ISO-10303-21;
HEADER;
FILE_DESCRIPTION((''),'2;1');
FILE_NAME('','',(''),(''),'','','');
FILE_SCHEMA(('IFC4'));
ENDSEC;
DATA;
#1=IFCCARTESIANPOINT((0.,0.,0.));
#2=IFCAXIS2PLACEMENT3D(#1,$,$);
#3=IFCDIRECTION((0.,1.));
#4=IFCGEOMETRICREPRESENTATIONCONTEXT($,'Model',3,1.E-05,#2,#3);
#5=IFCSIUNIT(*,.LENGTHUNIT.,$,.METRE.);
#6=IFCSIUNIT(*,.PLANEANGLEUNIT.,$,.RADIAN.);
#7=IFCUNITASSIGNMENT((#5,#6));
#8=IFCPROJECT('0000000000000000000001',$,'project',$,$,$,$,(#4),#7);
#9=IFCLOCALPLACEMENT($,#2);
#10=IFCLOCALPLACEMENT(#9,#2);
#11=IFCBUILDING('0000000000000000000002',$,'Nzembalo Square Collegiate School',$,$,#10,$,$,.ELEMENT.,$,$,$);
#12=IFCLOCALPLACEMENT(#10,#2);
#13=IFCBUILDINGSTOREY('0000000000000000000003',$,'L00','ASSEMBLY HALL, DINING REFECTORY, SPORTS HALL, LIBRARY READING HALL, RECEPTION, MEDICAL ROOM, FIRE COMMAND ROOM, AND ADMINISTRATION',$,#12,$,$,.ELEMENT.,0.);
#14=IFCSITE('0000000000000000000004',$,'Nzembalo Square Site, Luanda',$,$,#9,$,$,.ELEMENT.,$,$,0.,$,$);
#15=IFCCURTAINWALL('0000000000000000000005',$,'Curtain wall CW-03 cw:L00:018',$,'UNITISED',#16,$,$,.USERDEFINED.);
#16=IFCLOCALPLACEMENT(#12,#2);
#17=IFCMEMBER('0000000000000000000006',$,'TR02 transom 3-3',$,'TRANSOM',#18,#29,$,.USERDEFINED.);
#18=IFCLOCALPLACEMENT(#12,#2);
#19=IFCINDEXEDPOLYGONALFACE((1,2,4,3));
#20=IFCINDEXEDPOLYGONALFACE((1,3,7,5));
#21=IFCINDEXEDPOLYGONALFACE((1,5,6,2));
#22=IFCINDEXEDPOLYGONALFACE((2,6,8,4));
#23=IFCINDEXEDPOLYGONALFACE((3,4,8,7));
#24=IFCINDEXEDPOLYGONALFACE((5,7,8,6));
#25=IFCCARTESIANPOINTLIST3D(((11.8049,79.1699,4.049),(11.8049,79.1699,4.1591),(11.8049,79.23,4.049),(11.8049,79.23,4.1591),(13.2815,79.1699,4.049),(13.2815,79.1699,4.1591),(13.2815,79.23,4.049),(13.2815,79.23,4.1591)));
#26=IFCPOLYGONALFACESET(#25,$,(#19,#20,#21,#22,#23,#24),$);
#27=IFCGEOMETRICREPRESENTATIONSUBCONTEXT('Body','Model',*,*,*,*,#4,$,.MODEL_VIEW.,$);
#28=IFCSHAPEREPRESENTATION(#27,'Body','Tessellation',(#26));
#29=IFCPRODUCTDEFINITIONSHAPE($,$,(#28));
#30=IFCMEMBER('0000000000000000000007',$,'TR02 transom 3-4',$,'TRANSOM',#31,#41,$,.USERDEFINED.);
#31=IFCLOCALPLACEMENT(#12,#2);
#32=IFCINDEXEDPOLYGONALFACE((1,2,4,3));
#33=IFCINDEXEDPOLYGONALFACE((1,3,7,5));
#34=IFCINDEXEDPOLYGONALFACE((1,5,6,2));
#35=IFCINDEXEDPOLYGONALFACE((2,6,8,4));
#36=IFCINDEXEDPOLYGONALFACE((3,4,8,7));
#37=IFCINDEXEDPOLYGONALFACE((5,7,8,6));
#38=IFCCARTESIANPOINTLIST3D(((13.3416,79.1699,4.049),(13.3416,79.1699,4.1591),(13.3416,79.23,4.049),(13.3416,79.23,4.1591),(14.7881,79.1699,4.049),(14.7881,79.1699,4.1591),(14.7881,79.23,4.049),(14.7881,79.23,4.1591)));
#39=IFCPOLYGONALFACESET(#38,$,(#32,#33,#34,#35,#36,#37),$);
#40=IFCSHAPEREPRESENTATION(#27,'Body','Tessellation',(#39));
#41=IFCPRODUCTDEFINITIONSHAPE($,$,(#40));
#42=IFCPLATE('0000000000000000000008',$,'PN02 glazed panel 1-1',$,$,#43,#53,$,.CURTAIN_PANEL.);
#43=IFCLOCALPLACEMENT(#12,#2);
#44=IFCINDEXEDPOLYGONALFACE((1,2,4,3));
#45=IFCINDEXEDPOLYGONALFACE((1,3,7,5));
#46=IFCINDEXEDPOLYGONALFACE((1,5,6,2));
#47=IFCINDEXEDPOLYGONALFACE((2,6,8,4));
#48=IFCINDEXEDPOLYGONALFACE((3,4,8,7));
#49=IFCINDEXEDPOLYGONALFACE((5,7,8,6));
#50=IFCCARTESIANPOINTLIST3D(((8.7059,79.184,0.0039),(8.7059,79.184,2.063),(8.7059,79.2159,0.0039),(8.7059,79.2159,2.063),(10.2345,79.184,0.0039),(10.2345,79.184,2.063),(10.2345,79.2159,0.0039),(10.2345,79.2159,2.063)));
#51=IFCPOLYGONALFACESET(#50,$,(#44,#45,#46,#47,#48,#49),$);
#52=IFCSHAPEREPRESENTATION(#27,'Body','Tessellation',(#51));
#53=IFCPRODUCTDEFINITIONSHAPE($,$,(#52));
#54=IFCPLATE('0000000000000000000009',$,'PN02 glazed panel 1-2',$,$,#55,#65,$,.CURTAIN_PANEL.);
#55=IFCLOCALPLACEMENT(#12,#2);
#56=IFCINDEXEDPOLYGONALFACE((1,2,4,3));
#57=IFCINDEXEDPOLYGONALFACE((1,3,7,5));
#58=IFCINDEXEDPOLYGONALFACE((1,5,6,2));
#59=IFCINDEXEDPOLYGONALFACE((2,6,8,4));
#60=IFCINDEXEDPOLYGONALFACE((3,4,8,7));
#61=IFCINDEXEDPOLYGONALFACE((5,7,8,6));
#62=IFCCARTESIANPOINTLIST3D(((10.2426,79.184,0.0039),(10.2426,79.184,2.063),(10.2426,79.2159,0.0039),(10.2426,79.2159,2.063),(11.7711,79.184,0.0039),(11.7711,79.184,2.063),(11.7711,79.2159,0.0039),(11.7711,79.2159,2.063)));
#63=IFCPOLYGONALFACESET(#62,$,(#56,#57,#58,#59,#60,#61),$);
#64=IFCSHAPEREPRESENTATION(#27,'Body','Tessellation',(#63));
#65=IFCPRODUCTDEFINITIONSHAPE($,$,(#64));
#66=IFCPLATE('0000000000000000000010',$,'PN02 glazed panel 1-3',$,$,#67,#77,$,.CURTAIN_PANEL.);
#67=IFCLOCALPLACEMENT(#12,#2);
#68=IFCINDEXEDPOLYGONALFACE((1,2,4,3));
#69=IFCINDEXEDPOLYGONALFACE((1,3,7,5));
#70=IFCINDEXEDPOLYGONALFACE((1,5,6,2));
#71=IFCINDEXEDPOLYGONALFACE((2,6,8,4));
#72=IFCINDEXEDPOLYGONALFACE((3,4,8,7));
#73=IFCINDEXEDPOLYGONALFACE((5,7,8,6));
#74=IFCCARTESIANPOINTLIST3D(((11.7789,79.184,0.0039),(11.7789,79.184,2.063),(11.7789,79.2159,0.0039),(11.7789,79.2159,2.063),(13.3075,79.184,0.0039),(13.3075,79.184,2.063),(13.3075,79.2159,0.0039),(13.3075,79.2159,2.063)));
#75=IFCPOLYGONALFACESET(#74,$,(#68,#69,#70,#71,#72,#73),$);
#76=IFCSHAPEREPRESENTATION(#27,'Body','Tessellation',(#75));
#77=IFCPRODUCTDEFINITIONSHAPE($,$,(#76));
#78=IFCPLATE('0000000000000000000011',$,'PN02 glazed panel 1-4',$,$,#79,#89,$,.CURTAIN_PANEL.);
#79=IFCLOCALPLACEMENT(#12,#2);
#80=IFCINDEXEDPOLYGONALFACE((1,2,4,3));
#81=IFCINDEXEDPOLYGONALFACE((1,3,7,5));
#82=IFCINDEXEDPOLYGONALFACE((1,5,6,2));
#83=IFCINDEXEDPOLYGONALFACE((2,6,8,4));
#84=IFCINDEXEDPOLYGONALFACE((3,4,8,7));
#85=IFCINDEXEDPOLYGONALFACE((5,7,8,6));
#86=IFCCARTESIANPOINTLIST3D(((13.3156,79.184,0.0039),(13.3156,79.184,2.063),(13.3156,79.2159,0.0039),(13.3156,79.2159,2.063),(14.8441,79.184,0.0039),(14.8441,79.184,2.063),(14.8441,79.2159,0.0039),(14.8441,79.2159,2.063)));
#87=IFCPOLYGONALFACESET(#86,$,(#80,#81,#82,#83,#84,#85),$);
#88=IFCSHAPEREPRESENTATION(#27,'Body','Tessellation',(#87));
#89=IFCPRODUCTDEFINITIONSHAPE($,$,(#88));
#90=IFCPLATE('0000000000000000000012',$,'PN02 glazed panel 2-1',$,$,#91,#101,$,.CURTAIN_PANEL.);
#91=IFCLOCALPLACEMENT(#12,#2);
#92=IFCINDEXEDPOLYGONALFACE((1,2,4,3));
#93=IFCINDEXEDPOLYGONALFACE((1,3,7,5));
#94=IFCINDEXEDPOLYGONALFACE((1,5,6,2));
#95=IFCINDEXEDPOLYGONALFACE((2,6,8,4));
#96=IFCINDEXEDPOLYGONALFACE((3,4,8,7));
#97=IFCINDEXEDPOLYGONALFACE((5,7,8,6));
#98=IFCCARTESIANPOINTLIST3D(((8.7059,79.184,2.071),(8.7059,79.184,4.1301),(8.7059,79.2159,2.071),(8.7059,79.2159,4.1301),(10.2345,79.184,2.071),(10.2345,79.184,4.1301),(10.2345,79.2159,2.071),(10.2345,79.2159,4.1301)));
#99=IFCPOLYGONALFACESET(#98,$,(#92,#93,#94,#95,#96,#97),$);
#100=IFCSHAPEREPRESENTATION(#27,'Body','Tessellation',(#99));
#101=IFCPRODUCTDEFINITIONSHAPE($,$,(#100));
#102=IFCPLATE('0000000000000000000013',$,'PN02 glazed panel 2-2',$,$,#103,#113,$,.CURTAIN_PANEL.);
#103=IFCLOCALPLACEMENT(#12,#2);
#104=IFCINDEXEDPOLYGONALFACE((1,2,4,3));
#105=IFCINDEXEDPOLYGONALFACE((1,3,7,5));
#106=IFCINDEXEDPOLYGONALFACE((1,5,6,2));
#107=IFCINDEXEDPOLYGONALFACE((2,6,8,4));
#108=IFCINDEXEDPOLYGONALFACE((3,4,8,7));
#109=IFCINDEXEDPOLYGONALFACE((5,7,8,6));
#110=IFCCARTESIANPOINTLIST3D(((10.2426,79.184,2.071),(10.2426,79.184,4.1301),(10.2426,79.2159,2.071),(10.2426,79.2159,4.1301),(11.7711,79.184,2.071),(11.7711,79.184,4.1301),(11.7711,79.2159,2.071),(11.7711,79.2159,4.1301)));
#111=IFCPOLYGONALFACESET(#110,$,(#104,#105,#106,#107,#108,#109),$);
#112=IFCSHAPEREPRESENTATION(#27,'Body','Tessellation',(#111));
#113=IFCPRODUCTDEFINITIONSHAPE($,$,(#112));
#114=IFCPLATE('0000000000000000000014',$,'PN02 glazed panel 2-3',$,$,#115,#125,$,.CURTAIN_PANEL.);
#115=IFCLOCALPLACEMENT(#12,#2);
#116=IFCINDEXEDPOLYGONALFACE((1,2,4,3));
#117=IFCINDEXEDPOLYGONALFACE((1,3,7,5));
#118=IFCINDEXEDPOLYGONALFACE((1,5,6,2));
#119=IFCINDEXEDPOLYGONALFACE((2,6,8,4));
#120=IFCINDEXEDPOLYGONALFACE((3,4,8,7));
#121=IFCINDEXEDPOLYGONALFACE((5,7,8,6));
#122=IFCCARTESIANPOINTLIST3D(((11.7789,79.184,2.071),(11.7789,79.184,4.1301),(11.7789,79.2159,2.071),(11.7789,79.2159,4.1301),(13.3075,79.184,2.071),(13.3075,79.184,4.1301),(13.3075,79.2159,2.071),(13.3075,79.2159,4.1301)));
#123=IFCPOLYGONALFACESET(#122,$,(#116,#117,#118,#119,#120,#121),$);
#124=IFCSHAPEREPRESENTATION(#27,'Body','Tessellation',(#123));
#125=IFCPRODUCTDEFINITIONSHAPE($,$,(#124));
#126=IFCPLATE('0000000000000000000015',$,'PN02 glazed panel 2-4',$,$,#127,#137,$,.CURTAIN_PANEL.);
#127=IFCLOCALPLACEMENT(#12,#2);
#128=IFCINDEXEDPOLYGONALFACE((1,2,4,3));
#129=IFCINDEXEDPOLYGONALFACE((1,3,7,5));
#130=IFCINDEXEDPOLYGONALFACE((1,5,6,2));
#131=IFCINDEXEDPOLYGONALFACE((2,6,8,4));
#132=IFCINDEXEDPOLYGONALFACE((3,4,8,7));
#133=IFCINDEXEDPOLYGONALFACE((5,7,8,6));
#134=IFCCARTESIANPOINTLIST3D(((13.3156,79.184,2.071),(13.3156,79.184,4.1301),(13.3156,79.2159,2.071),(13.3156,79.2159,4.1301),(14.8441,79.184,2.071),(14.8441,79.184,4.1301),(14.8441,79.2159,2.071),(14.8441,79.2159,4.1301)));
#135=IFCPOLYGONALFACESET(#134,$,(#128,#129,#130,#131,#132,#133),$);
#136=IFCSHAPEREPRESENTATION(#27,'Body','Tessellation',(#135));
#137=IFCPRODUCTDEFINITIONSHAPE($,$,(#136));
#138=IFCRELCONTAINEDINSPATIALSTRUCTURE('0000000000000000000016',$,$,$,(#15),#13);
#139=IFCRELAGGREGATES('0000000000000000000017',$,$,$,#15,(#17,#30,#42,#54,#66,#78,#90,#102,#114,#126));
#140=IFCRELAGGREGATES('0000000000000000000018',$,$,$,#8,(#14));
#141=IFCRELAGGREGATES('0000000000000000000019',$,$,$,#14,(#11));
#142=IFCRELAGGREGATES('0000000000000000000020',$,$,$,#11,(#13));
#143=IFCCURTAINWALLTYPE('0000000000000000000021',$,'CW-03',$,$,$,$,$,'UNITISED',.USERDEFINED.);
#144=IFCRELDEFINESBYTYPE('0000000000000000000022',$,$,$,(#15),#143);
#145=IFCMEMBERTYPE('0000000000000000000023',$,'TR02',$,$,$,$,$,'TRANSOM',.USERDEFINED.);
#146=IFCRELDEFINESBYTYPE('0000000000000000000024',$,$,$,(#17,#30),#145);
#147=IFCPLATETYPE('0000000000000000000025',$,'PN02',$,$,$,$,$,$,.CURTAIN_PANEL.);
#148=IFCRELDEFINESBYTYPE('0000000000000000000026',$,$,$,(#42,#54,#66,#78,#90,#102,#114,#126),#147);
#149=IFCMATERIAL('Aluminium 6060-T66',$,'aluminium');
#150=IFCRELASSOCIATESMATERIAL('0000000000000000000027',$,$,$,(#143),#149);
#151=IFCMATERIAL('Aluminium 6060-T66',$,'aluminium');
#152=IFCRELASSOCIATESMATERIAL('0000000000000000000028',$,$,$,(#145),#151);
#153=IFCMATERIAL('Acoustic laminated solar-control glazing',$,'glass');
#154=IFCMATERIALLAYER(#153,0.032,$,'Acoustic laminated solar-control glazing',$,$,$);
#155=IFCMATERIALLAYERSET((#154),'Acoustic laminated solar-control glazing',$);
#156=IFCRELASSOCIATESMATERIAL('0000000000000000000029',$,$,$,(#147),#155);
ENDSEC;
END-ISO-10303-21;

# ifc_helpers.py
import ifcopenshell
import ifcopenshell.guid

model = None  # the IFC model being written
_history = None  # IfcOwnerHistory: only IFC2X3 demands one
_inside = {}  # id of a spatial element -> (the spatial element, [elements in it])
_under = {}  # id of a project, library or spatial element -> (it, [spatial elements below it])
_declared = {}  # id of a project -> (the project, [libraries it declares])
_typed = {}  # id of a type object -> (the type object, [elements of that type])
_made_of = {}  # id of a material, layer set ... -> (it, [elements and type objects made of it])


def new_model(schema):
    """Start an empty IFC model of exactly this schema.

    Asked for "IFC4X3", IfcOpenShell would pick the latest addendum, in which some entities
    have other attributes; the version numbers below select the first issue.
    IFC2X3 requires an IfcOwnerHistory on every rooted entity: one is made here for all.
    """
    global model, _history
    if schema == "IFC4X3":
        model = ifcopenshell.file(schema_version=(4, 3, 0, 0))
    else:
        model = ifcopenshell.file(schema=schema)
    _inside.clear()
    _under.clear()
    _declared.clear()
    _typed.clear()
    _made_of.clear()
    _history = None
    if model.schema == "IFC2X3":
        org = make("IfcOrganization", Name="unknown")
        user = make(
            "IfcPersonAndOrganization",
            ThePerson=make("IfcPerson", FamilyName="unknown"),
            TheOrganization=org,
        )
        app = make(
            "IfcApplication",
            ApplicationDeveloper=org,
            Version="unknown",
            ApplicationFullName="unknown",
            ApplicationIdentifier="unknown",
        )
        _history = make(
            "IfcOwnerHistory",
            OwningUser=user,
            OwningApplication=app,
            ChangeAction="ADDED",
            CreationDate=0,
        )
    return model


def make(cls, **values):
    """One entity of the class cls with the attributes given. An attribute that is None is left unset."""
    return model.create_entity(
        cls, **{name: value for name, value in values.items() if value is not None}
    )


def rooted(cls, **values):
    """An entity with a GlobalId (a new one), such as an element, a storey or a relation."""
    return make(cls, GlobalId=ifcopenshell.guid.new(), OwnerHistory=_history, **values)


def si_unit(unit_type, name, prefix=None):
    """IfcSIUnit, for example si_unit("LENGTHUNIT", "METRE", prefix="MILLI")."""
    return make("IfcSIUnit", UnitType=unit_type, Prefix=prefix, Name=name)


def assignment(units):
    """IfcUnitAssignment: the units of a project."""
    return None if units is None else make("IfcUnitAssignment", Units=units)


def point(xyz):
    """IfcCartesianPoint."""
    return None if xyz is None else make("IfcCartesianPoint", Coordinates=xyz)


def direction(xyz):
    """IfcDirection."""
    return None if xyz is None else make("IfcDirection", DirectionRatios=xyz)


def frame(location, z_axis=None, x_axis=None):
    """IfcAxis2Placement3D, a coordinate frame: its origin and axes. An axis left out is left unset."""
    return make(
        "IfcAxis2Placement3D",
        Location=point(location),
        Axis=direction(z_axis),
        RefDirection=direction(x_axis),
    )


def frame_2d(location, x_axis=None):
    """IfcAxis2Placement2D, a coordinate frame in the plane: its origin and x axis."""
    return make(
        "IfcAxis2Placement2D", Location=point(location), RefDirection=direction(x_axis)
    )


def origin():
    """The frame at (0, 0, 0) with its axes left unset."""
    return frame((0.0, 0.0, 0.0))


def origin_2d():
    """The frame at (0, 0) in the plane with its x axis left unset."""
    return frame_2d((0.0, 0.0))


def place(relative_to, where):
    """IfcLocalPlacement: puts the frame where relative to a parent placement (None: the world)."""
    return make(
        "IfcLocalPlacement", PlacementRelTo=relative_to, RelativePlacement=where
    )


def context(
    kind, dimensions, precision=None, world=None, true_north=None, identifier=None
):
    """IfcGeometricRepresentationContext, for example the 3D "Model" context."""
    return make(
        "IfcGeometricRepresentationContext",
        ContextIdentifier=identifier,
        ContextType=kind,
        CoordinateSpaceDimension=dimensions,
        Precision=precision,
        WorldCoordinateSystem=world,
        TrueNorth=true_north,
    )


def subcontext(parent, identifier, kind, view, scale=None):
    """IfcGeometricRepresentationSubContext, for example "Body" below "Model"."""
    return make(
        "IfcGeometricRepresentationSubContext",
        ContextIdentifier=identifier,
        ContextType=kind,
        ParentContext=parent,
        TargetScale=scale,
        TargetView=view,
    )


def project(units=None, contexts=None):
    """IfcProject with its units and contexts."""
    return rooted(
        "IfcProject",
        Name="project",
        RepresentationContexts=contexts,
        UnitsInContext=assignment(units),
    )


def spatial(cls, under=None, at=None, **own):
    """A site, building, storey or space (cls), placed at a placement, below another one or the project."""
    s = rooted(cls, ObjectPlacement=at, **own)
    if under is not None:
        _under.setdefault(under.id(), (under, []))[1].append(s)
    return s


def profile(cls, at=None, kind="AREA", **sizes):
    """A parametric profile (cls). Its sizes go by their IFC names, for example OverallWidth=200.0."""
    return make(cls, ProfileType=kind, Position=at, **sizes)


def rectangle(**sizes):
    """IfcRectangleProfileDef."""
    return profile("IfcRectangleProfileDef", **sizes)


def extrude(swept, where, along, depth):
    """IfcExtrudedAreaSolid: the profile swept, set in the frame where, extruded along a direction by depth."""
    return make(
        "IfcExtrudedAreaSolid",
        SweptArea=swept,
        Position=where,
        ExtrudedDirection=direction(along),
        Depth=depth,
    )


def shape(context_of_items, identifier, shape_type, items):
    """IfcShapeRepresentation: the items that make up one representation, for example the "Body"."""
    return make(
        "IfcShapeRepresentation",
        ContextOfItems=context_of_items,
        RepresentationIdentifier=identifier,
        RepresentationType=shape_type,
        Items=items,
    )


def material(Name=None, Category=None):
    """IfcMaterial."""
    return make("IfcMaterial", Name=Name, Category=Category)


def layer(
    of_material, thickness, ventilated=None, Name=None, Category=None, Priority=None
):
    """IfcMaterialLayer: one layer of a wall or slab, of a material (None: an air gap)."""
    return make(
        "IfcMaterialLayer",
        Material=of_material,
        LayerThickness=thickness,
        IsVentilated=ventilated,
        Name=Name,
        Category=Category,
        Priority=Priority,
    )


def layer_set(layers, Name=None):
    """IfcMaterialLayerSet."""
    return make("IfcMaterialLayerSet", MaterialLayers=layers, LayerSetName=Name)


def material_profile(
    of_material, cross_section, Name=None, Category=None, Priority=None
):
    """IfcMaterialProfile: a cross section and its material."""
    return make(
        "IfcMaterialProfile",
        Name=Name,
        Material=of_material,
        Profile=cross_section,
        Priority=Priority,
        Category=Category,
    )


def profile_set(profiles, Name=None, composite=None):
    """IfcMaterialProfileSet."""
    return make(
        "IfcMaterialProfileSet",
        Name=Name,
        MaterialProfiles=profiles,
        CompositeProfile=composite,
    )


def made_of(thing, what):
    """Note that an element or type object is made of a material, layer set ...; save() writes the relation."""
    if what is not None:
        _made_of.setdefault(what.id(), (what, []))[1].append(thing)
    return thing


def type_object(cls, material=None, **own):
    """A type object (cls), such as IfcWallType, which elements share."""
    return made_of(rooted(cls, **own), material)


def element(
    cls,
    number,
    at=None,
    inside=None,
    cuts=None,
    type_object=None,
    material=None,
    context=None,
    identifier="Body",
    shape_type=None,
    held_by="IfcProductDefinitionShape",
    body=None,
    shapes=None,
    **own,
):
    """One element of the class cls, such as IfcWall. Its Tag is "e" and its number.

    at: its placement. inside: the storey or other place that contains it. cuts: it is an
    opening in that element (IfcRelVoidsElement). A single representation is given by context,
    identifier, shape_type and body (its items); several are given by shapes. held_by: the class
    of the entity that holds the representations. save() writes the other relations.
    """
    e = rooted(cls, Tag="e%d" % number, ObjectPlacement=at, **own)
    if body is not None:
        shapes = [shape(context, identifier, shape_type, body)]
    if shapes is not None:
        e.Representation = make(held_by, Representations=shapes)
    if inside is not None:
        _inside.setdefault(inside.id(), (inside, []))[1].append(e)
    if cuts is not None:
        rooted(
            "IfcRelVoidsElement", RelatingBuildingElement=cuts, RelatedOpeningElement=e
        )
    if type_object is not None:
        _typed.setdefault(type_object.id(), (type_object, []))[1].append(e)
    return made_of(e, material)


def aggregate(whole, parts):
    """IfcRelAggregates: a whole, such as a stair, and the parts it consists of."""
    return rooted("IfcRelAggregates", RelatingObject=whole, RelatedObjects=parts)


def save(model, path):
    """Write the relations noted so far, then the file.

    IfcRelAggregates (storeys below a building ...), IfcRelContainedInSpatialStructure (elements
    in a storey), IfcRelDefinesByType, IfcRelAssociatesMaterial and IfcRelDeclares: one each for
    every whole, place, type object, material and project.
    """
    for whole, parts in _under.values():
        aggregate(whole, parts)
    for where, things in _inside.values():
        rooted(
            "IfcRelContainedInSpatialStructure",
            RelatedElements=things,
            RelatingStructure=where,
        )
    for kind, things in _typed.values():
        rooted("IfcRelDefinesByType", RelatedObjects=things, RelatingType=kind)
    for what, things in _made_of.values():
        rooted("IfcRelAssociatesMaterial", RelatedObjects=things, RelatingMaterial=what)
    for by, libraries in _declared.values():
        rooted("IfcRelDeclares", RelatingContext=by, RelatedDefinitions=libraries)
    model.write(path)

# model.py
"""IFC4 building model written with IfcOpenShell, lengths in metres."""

from ifc_helpers import new_model, si_unit, direction, frame, origin, origin_2d, place, context, subcontext, project, spatial, rectangle, extrude, material, layer, layer_set, material_profile, profile_set, type_object, element, aggregate, save


model = new_model("IFC4")

# Units and contexts
model_context = context("Model", 3, precision=1e-05, world=origin(), true_north=direction((0.0, 1.0)))
body_context = subcontext(model_context, "Body", "Model", "MODEL_VIEW")
ifc_project = project(units=[si_unit("LENGTHUNIT", "METRE"), si_unit("PLANEANGLEUNIT", "RADIAN")], contexts=[model_context])

# Site, building, storey
site_placement = place(None, origin())
site = spatial("IfcSite", under=ifc_project, at=site_placement, Name="Nzembalo Square Site, Luanda", CompositionType="ELEMENT", RefElevation=0.0)
building_placement = place(site_placement, origin())
building = spatial("IfcBuilding", under=site, at=building_placement, Name="Nzembalo Square Collegiate School", CompositionType="ELEMENT")
storey_placement = place(building_placement, origin())
storey = spatial("IfcBuildingStorey", under=building, at=storey_placement, Name="L00", Description="ASSEMBLY HALL, DINING REFECTORY, SPORTS HALL, LIBRARY READING HALL, RECEPTION, MEDICAL ROOM, FIRE COMMAND ROOM, AND ADMINISTRATION", CompositionType="ELEMENT", Elevation=0.0)

# Curtain wall, members, plates
ifc_material_1 = material(Name="Aluminium 6060-T66", Category="aluminium")
curtain_wall_type = type_object("IfcCurtainWallType", Name="CW-03", ElementType="UNITISED", PredefinedType="USERDEFINED", material=ifc_material_1)
curtain_wall_placement = place(storey_placement, origin())
curtain_wall = element("IfcCurtainWall", 1, at=curtain_wall_placement, inside=storey, type_object=curtain_wall_type, Name="Curtain wall CW-03 cw:L00:018", ObjectType="UNITISED", PredefinedType="USERDEFINED")
ifc_material_2 = material(Name="Aluminium 6060-T66", Category="aluminium")
ifc_material_profile_1 = material_profile(ifc_material_2, rectangle(XDim=0.0601, YDim=0.1101, at=origin_2d()), Name="ALU T60x110")
ifc_profile_set_1 = profile_set([ifc_material_profile_1], Name="Aluminium 6060-T66")
member_type_1 = type_object("IfcMemberType", Name="TR02", ElementType="TRANSOM", PredefinedType="USERDEFINED", material=ifc_profile_set_1)
member_1_placement = place(storey_placement, frame((11.8049, 79.2, 4.104), z_axis=(1.0, 0.0, 0.0), x_axis=(0.0, 1.0, 0.0)))
member_1 = element("IfcMember", 2, at=member_1_placement, type_object=member_type_1, Name="TR02 transom 3-3", ObjectType="TRANSOM", PredefinedType="USERDEFINED", context=body_context, shape_type="SweptSolid", body=[
    extrude(rectangle(XDim=0.0601, YDim=0.1101, at=origin_2d()), origin(), (0.0, 0.0, 1.0), 1.4766),
])
member_2_placement = place(storey_placement, frame((13.3416, 79.2, 4.104), z_axis=(1.0, 0.0, 0.0), x_axis=(0.0, 1.0, 0.0)))
member_2 = element("IfcMember", 3, at=member_2_placement, type_object=member_type_1, Name="TR02 transom 3-4", ObjectType="TRANSOM", PredefinedType="USERDEFINED", context=body_context, shape_type="SweptSolid", body=[
    extrude(rectangle(XDim=0.0601, YDim=0.1101, at=origin_2d()), origin(), (0.0, 0.0, 1.0), 1.4465),
])
ifc_material_3 = material(Name="Acoustic laminated solar-control glazing", Category="glass")
ifc_layer = layer(ifc_material_3, 0.032, Name="Acoustic laminated solar-control glazing")
ifc_layer_set = layer_set([ifc_layer], Name="Acoustic laminated solar-control glazing")
plate_type = type_object("IfcPlateType", Name="PN02", PredefinedType="CURTAIN_PANEL", material=ifc_layer_set)
plate_1_placement = place(storey_placement, frame((9.4702, 79.2, 0.0039), z_axis=(0.0, 0.0, 1.0), x_axis=(1.0, 0.0, 0.0)))
plate_1 = element("IfcPlate", 4, at=plate_1_placement, type_object=plate_type, Name="PN02 glazed panel 1-1", PredefinedType="CURTAIN_PANEL", context=body_context, shape_type="SweptSolid", body=[
    extrude(rectangle(XDim=1.5286, YDim=0.032, at=origin_2d()), origin(), (0.0, 0.0, 1.0), 2.0591),
])
plate_2_placement = place(storey_placement, frame((11.0068, 79.2, 0.0039), z_axis=(0.0, 0.0, 1.0), x_axis=(1.0, 0.0, 0.0)))
plate_2 = element("IfcPlate", 5, at=plate_2_placement, type_object=plate_type, Name="PN02 glazed panel 1-2", PredefinedType="CURTAIN_PANEL", context=body_context, shape_type="SweptSolid", body=[
    extrude(rectangle(XDim=1.5286, YDim=0.032, at=origin_2d()), origin(), (0.0, 0.0, 1.0), 2.0591),
])
plate_3_placement = place(storey_placement, frame((12.5432, 79.2, 0.0039), z_axis=(0.0, 0.0, 1.0), x_axis=(1.0, 0.0, 0.0)))
plate_3 = element("IfcPlate", 6, at=plate_3_placement, type_object=plate_type, Name="PN02 glazed panel 1-3", PredefinedType="CURTAIN_PANEL", context=body_context, shape_type="SweptSolid", body=[
    extrude(rectangle(XDim=1.5286, YDim=0.032, at=origin_2d()), origin(), (0.0, 0.0, 1.0), 2.0591),
])
plate_4_placement = place(storey_placement, frame((14.0798, 79.2, 0.0039), z_axis=(0.0, 0.0, 1.0), x_axis=(1.0, 0.0, 0.0)))
plate_4 = element("IfcPlate", 7, at=plate_4_placement, type_object=plate_type, Name="PN02 glazed panel 1-4", PredefinedType="CURTAIN_PANEL", context=body_context, shape_type="SweptSolid", body=[
    extrude(rectangle(XDim=1.5286, YDim=0.032, at=origin_2d()), origin(), (0.0, 0.0, 1.0), 2.0591),
])
plate_5_placement = place(storey_placement, frame((9.4702, 79.2, 2.071), z_axis=(0.0, 0.0, 1.0), x_axis=(1.0, 0.0, 0.0)))
plate_5 = element("IfcPlate", 8, at=plate_5_placement, type_object=plate_type, Name="PN02 glazed panel 2-1", PredefinedType="CURTAIN_PANEL", context=body_context, shape_type="SweptSolid", body=[
    extrude(rectangle(XDim=1.5286, YDim=0.032, at=origin_2d()), origin(), (0.0, 0.0, 1.0), 2.0591),
])
plate_6_placement = place(storey_placement, frame((11.0068, 79.2, 2.071), z_axis=(0.0, 0.0, 1.0), x_axis=(1.0, 0.0, 0.0)))
plate_6 = element("IfcPlate", 9, at=plate_6_placement, type_object=plate_type, Name="PN02 glazed panel 2-2", PredefinedType="CURTAIN_PANEL", context=body_context, shape_type="SweptSolid", body=[
    extrude(rectangle(XDim=1.5286, YDim=0.032, at=origin_2d()), origin(), (0.0, 0.0, 1.0), 2.0591),
])
plate_7_placement = place(storey_placement, frame((12.5432, 79.2, 2.071), z_axis=(0.0, 0.0, 1.0), x_axis=(1.0, 0.0, 0.0)))
plate_7 = element("IfcPlate", 10, at=plate_7_placement, type_object=plate_type, Name="PN02 glazed panel 2-3", PredefinedType="CURTAIN_PANEL", context=body_context, shape_type="SweptSolid", body=[
    extrude(rectangle(XDim=1.5286, YDim=0.032, at=origin_2d()), origin(), (0.0, 0.0, 1.0), 2.0591),
])
plate_8_placement = place(storey_placement, frame((14.0798, 79.2, 2.071), z_axis=(0.0, 0.0, 1.0), x_axis=(1.0, 0.0, 0.0)))
plate_8 = element("IfcPlate", 11, at=plate_8_placement, type_object=plate_type, Name="PN02 glazed panel 2-4", PredefinedType="CURTAIN_PANEL", context=body_context, shape_type="SweptSolid", body=[
    extrude(rectangle(XDim=1.5286, YDim=0.032, at=origin_2d()), origin(), (0.0, 0.0, 1.0), 2.0591),
])
aggregate(curtain_wall, [member_1, member_2, plate_1, plate_2, plate_3, plate_4, plate_5, plate_6, plate_7, plate_8])

save(model, "model.ifc")
